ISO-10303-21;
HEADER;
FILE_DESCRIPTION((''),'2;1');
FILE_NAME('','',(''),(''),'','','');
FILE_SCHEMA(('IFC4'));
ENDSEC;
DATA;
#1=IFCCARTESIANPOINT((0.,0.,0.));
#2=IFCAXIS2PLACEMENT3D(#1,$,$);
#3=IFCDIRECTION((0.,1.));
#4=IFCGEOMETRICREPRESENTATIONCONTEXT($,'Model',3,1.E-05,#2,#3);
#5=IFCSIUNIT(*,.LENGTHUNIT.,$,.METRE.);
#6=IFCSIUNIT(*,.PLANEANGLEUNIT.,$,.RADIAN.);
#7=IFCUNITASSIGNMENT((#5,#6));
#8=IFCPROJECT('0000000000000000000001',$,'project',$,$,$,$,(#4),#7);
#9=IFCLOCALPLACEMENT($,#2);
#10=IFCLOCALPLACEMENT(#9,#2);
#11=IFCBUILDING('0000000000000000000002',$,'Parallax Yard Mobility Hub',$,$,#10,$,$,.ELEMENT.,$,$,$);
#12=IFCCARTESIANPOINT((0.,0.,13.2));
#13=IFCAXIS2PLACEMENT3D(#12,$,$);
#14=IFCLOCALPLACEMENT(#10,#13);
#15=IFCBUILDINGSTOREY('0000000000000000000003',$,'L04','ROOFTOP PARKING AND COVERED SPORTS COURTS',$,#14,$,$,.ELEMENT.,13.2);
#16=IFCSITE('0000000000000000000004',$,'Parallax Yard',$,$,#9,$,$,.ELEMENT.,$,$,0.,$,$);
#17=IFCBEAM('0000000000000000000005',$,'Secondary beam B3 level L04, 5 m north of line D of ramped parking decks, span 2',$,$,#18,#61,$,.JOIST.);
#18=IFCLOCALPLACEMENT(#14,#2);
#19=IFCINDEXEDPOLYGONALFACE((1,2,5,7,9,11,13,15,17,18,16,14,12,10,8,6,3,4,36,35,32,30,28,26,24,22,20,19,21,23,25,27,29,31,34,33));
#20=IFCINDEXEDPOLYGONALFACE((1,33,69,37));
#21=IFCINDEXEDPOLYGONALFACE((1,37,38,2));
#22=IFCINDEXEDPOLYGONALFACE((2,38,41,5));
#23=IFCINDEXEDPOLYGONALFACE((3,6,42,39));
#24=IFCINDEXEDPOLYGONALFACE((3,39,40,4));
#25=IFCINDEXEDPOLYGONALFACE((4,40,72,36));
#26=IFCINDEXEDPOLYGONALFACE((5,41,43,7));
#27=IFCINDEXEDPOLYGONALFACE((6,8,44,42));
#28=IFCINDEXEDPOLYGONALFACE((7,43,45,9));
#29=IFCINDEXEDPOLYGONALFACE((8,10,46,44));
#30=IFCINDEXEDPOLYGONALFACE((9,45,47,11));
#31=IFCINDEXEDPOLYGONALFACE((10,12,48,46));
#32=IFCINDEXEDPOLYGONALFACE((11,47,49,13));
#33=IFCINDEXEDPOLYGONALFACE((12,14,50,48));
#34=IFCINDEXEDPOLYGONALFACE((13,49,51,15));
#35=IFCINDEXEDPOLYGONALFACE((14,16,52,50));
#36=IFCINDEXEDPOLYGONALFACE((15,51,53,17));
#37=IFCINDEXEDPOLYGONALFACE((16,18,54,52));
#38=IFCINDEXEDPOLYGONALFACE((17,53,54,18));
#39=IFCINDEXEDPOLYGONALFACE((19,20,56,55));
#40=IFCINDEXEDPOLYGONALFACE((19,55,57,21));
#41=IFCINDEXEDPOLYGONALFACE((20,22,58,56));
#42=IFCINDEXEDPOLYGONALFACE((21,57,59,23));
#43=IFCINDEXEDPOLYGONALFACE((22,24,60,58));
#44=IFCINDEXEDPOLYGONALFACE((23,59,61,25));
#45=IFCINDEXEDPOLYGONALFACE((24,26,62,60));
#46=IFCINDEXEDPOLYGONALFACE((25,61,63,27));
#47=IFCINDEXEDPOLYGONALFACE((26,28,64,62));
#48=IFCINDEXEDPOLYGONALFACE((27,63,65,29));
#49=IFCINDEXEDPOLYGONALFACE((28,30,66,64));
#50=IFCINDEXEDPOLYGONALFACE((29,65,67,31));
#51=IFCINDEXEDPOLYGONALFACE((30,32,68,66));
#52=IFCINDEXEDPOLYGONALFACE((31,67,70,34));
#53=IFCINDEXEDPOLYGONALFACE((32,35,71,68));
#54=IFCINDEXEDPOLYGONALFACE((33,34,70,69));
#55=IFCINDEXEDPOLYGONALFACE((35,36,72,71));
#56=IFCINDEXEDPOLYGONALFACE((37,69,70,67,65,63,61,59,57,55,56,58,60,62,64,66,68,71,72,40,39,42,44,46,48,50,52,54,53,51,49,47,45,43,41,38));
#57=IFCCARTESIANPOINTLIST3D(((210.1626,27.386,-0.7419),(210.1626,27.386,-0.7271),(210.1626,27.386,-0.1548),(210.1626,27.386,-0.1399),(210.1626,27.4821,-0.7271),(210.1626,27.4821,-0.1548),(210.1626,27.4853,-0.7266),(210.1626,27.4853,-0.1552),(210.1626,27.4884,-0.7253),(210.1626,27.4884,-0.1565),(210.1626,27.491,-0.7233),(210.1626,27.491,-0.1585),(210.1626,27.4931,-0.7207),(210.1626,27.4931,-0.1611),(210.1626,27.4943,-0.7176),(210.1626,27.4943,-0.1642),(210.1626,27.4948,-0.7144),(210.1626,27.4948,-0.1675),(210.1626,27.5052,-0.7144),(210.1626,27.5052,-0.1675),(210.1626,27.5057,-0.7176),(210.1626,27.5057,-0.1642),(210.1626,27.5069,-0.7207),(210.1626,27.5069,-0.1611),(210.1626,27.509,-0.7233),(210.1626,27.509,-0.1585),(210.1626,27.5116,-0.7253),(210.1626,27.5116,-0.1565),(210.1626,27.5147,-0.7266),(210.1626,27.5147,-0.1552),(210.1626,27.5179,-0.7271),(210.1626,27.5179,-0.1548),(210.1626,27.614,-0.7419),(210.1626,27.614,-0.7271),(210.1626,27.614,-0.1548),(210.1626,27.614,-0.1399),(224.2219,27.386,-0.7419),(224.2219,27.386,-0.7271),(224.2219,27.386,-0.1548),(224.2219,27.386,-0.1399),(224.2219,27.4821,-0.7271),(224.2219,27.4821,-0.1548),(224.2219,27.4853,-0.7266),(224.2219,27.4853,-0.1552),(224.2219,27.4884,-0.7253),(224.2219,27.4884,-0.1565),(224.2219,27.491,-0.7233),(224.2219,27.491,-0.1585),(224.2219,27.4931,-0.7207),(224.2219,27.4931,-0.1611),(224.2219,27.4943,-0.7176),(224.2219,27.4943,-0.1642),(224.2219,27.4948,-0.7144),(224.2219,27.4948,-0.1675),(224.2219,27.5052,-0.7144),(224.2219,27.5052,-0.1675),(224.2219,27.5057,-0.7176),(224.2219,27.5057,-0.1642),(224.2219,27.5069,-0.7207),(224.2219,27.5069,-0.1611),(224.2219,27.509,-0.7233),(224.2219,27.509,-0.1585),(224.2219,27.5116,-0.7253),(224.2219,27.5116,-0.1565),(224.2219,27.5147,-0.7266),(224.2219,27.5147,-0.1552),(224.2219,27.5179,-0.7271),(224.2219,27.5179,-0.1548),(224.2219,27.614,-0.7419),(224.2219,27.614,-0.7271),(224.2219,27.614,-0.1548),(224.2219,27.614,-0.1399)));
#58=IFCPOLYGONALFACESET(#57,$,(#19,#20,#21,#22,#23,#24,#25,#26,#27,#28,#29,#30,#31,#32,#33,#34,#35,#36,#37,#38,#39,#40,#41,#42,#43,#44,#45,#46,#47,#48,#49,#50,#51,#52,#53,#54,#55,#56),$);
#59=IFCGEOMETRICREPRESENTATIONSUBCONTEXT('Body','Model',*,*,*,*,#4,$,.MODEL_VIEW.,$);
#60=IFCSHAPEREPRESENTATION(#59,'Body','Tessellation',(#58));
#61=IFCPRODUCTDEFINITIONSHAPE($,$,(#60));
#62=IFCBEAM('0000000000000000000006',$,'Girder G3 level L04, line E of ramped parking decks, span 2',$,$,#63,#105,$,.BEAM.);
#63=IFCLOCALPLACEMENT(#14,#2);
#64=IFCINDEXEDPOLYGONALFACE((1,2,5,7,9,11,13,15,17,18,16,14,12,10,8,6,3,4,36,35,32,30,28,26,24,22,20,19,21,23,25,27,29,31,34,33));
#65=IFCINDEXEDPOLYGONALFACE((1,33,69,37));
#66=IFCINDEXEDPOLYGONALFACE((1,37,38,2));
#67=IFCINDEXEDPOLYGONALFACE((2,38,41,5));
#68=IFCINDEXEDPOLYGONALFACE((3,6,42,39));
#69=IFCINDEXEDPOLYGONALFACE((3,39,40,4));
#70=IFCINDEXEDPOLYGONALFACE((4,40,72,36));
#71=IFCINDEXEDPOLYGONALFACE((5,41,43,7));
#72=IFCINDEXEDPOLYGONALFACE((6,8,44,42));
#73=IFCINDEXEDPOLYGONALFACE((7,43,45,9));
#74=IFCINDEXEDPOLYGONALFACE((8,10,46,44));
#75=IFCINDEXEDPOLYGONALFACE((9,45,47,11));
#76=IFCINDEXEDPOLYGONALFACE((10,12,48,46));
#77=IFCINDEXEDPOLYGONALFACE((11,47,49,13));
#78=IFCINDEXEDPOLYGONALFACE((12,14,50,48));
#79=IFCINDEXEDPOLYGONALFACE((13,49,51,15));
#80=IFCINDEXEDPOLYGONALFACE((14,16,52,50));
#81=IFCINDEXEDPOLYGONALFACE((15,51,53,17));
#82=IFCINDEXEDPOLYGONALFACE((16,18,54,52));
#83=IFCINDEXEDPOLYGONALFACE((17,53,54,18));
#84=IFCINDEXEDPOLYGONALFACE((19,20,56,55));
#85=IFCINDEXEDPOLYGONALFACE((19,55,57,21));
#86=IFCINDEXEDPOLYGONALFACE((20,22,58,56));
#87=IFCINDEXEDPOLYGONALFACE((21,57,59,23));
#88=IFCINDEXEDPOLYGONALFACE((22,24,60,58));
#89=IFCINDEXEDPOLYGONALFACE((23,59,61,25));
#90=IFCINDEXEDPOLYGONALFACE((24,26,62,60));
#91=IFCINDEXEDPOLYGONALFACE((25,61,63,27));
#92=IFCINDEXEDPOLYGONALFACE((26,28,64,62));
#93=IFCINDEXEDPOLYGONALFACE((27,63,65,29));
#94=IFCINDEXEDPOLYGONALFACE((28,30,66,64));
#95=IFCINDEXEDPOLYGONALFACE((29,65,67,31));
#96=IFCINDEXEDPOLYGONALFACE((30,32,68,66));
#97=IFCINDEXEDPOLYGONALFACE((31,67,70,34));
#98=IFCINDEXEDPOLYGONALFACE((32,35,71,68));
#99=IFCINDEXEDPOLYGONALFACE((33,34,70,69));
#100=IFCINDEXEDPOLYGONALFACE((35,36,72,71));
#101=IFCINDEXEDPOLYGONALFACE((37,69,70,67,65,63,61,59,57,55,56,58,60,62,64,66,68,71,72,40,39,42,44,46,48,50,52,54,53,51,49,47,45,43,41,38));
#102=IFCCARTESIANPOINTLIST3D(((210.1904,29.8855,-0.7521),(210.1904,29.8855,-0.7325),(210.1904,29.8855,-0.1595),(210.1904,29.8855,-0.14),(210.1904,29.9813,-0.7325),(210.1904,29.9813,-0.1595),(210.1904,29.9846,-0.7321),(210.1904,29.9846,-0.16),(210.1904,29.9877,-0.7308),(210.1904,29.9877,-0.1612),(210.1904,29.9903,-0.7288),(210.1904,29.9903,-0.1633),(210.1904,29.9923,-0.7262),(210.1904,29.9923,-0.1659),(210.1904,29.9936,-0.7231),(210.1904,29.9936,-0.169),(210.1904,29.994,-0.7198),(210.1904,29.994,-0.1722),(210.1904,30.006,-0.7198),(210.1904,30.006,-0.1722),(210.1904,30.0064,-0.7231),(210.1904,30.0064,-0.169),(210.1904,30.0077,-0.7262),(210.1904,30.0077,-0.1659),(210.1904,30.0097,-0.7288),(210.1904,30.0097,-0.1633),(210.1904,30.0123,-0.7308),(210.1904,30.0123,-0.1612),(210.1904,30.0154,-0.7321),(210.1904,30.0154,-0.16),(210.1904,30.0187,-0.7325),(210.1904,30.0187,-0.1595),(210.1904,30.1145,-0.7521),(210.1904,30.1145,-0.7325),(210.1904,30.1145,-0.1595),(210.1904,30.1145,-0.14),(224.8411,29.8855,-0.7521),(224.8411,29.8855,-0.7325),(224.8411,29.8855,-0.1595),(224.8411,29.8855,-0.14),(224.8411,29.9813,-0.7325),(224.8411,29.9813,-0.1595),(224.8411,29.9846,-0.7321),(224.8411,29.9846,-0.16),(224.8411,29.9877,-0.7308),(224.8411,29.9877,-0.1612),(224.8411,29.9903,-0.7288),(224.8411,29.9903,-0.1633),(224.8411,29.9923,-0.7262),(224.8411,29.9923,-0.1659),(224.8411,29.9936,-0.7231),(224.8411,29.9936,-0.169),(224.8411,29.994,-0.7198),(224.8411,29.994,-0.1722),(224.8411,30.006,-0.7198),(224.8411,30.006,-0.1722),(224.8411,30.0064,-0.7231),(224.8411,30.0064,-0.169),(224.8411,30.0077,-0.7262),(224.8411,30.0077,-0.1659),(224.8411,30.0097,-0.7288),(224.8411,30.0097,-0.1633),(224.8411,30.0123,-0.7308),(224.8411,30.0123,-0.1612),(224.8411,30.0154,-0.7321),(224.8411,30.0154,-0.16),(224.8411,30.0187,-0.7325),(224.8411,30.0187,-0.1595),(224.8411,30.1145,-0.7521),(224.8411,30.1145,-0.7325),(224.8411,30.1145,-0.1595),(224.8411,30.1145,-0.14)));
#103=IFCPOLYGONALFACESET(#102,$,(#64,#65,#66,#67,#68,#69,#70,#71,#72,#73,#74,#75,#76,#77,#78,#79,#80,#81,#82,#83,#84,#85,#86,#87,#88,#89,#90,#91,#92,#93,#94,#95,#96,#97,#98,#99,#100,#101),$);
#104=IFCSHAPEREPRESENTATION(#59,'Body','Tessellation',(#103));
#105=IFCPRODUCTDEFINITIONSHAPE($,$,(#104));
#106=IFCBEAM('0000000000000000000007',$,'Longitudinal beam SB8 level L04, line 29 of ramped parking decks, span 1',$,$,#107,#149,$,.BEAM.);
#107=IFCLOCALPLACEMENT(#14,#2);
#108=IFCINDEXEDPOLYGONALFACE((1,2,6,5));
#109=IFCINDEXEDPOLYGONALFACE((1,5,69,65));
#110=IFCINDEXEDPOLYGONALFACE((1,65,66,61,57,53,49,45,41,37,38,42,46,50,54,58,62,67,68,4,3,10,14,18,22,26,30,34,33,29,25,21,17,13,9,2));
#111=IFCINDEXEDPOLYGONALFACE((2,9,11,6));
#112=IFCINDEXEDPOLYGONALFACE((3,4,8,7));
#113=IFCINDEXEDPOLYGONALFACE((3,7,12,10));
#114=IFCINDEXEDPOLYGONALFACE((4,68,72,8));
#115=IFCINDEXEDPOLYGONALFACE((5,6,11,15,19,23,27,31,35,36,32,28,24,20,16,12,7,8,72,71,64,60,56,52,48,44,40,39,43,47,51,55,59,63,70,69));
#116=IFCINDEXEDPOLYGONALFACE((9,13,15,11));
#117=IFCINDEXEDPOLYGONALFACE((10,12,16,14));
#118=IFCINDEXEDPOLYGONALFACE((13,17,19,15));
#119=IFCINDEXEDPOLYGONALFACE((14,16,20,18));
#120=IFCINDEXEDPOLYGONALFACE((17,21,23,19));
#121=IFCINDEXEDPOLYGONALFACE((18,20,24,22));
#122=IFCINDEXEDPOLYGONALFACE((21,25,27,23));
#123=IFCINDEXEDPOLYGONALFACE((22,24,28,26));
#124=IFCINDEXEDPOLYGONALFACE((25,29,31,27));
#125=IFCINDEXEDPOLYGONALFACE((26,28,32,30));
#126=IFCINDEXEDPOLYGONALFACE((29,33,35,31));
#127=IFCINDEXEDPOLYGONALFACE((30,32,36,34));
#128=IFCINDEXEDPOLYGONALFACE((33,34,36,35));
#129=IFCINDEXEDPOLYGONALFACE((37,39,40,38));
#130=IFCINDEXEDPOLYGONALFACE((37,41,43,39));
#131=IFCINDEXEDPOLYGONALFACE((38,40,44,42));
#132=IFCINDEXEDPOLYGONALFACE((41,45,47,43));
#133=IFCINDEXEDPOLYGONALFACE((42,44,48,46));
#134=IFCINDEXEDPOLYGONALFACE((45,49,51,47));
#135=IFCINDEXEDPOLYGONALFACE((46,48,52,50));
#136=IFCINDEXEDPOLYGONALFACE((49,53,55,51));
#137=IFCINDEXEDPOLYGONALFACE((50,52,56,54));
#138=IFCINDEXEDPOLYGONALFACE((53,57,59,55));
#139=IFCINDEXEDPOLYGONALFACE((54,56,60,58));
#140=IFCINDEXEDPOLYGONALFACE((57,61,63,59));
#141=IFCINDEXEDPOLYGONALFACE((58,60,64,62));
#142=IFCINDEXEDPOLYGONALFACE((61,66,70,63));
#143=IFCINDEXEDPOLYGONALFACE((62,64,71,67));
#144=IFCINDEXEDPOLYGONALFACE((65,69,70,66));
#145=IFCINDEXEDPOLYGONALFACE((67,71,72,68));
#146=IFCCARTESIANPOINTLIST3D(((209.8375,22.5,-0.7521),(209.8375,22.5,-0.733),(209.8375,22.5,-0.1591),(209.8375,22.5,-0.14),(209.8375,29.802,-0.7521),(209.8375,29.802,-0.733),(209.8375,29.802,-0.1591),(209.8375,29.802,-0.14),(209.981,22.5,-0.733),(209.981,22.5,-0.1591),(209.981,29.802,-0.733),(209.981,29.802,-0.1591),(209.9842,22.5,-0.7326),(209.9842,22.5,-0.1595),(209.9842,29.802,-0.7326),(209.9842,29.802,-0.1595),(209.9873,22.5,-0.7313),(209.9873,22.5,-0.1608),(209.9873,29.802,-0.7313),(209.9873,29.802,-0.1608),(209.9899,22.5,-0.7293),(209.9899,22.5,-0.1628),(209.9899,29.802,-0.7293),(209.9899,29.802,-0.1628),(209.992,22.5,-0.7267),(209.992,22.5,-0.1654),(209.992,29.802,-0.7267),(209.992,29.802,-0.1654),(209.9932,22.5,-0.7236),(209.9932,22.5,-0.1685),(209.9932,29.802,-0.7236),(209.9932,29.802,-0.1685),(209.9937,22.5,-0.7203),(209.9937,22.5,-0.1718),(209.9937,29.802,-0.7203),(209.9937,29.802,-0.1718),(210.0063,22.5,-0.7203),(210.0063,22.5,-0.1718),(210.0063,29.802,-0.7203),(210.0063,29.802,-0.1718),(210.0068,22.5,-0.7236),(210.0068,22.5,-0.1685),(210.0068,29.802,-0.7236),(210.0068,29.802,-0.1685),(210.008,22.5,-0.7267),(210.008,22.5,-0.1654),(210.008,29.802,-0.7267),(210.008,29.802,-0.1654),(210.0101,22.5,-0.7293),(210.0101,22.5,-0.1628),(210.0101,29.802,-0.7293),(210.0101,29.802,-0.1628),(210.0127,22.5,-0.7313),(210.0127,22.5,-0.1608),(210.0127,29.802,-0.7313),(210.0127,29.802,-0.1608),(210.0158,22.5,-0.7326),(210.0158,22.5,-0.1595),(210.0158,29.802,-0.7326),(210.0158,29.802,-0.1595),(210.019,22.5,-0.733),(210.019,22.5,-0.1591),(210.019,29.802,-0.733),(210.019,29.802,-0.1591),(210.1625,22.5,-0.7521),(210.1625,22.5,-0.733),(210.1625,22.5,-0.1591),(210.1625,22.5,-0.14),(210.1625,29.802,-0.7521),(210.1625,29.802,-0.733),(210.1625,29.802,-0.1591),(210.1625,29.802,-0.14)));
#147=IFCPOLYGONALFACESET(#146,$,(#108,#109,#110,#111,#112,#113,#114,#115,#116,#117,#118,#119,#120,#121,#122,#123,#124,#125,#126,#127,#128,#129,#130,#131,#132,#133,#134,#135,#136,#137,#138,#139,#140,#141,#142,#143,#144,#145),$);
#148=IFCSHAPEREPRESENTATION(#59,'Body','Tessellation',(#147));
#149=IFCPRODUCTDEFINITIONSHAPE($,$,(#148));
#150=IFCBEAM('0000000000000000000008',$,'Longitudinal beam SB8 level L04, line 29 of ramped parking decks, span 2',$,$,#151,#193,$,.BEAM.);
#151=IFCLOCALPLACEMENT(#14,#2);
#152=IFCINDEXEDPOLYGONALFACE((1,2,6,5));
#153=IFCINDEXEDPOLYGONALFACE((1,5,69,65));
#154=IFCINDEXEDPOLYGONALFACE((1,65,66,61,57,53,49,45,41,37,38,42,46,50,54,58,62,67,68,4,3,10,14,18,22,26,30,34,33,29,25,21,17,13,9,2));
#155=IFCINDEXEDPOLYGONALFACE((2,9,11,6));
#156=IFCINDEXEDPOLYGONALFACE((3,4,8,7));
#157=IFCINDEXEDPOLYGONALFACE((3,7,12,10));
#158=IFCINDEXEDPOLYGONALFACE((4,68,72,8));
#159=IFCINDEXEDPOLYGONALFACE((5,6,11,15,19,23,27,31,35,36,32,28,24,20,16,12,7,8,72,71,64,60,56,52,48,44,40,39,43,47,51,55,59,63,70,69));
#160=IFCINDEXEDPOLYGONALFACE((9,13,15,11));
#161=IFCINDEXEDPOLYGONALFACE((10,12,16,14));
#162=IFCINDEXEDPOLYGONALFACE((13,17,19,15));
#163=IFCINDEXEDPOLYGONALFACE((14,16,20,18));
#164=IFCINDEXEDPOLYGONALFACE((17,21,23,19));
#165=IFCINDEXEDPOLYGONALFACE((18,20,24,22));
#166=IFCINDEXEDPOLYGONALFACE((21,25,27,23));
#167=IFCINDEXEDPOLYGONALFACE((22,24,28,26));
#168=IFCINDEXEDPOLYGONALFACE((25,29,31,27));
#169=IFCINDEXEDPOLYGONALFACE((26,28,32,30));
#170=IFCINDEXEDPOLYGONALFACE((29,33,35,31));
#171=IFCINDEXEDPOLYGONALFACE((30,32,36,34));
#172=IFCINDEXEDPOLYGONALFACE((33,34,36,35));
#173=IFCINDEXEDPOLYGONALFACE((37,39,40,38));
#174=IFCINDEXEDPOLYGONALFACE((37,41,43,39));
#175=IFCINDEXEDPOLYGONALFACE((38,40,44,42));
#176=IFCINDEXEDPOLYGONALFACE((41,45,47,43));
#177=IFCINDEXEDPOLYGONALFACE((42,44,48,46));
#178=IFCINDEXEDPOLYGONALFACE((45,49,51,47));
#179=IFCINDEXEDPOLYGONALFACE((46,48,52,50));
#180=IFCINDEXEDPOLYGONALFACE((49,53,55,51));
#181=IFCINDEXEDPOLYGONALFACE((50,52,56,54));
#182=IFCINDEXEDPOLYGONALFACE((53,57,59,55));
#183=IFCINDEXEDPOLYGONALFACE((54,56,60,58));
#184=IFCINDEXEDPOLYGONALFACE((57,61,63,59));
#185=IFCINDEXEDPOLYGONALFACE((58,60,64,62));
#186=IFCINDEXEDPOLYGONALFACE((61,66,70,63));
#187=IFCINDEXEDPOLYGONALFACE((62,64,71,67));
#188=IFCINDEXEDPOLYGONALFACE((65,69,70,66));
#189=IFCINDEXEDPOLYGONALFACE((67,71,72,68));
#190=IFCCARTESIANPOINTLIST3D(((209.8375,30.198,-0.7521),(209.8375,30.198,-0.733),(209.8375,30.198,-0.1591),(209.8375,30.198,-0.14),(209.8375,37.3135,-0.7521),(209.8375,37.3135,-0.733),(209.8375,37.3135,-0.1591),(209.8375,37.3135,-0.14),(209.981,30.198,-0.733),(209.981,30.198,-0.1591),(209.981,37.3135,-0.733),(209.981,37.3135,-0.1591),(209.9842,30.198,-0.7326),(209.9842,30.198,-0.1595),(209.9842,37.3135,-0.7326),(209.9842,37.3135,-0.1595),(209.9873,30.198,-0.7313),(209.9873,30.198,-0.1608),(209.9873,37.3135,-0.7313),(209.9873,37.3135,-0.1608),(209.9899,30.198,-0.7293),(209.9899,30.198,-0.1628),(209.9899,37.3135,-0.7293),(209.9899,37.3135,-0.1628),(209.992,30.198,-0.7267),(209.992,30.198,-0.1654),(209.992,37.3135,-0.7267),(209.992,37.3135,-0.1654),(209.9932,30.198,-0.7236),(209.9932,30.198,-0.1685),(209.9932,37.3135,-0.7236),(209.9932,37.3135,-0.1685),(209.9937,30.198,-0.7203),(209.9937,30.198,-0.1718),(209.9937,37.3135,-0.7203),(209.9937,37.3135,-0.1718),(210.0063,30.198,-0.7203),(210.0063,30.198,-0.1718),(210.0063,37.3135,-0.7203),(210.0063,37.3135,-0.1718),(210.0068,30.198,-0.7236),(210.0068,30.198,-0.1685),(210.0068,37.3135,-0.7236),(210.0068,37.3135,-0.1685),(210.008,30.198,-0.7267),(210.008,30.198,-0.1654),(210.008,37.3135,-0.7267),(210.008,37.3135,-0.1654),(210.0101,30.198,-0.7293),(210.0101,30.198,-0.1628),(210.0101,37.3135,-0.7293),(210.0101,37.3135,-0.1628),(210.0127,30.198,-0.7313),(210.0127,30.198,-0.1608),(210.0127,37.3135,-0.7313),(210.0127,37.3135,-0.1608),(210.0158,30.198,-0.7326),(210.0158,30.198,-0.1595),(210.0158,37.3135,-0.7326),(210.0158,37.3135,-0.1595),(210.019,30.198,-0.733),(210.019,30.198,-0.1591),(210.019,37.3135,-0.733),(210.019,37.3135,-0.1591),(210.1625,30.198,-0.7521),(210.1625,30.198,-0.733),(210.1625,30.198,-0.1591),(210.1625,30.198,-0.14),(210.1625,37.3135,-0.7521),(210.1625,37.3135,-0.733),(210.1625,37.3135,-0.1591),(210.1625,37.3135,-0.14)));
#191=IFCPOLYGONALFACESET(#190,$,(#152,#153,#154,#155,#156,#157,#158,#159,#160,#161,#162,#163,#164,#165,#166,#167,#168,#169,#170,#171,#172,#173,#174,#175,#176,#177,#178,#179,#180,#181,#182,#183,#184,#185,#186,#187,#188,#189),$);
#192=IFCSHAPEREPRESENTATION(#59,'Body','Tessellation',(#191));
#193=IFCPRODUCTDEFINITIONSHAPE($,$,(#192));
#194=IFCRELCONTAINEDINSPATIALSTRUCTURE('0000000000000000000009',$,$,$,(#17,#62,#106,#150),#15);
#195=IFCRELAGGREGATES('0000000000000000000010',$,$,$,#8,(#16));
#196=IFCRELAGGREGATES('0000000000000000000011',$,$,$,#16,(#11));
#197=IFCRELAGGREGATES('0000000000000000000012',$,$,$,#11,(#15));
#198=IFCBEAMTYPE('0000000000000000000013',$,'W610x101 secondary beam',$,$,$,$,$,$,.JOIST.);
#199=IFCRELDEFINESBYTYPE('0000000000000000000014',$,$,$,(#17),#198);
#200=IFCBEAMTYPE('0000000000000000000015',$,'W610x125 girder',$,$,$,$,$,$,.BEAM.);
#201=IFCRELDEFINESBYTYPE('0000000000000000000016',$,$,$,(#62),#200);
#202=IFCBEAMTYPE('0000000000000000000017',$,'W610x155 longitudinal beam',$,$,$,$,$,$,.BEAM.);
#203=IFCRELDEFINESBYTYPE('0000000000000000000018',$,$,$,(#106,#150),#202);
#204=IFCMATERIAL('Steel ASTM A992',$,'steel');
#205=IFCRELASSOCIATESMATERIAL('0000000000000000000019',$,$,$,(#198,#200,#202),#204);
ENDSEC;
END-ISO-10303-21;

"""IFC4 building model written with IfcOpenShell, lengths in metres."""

from ifc_helpers import new_model, si_unit, direction, frame, origin, origin_2d, place, context, subcontext, project, spatial, i_section, extrude, material, material_profile, profile_set, type_object, element, save


model = new_model("IFC4")

# Units and contexts
model_context = context("Model", 3, precision=1e-05, world=origin(), true_north=direction((0.0, 1.0)))
body_context = subcontext(model_context, "Body", "Model", "MODEL_VIEW")
ifc_project = project(units=[si_unit("LENGTHUNIT", "METRE"), si_unit("PLANEANGLEUNIT", "RADIAN")], contexts=[model_context])

# Site, building, storey
site_placement = place(None, origin())
site = spatial("IfcSite", under=ifc_project, at=site_placement, Name="Parallax Yard", CompositionType="ELEMENT", RefElevation=0.0)
building_placement = place(site_placement, origin())
building = spatial("IfcBuilding", under=site, at=building_placement, Name="Parallax Yard Mobility Hub", CompositionType="ELEMENT")
storey_placement = place(building_placement, frame((0.0, 0.0, 13.2)))
storey = spatial("IfcBuildingStorey", under=building, at=storey_placement, Name="L04", Description="ROOFTOP PARKING AND COVERED SPORTS COURTS", CompositionType="ELEMENT", Elevation=13.2)

# Beams
ifc_material_1 = material(Name="Steel ASTM A992", Category="steel")
ifc_material_profile_1 = material_profile(ifc_material_1, i_section(OverallWidth=0.228, OverallDepth=0.6021, WebThickness=0.0105, FlangeThickness=0.0149, FilletRadius=0.0127, at=origin_2d()), Name="W610x101")
ifc_profile_set_1 = profile_set([ifc_material_profile_1], Name="Steel ASTM A992")
beam_type_1 = type_object("IfcBeamType", Name="W610x101 secondary beam", PredefinedType="JOIST", material=ifc_profile_set_1)
beam_1_placement = place(storey_placement, frame((210.1626, 27.5, -0.4409), z_axis=(1.0, 0.0, 0.0), x_axis=(0.0, 1.0, 0.0)))
element("IfcBeam", 1, at=beam_1_placement, inside=storey, type_object=beam_type_1, Name="Secondary beam B3 level L04, 5 m north of line D of ramped parking decks, span 2", PredefinedType="JOIST", context=body_context, shape_type="SweptSolid", body=[
    extrude(i_section(OverallWidth=0.228, OverallDepth=0.6021, WebThickness=0.0105, FlangeThickness=0.0149, FilletRadius=0.0127, at=origin_2d()), origin(), (0.0, 0.0, 1.0), 14.0593),
])
ifc_material_profile_2 = material_profile(ifc_material_1, i_section(OverallWidth=0.229, OverallDepth=0.6121, WebThickness=0.012, FlangeThickness=0.0195, FilletRadius=0.0127, at=origin_2d()), Name="W610x125")
ifc_profile_set_2 = profile_set([ifc_material_profile_2], Name="Steel ASTM A992")
beam_type_2 = type_object("IfcBeamType", Name="W610x125 girder", PredefinedType="BEAM", material=ifc_profile_set_2)
beam_2_placement = place(storey_placement, frame((210.1904, 30.0, -0.446), z_axis=(1.0, 0.0, 0.0), x_axis=(0.0, 1.0, 0.0)))
element("IfcBeam", 2, at=beam_2_placement, inside=storey, type_object=beam_type_2, Name="Girder G3 level L04, line E of ramped parking decks, span 2", PredefinedType="BEAM", context=body_context, shape_type="SweptSolid", body=[
    extrude(i_section(OverallWidth=0.229, OverallDepth=0.6121, WebThickness=0.012, FlangeThickness=0.0195, FilletRadius=0.0127, at=origin_2d()), origin(), (0.0, 0.0, 1.0), 14.6506),
])
ifc_material_profile_3 = material_profile(ifc_material_1, i_section(OverallWidth=0.325, OverallDepth=0.6121, WebThickness=0.0127, FlangeThickness=0.019, FilletRadius=0.0127, at=origin_2d()), Name="W610x155")
ifc_profile_set_3 = profile_set([ifc_material_profile_3], Name="Steel ASTM A992")
beam_type_3 = type_object("IfcBeamType", Name="W610x155 longitudinal beam", PredefinedType="BEAM", material=ifc_profile_set_3)
beam_3_placement = place(storey_placement, frame((210.0, 22.5, -0.446), z_axis=(0.0, 1.0, 0.0), x_axis=(-1.0, 0.0, 0.0)))
element("IfcBeam", 3, at=beam_3_placement, inside=storey, type_object=beam_type_3, Name="Longitudinal beam SB8 level L04, line 29 of ramped parking decks, span 1", PredefinedType="BEAM", context=body_context, shape_type="SweptSolid", body=[
    extrude(i_section(OverallWidth=0.325, OverallDepth=0.6121, WebThickness=0.0127, FlangeThickness=0.019, FilletRadius=0.0127, at=origin_2d()), origin(), (0.0, 0.0, 1.0), 7.302),
])
beam_4_placement = place(storey_placement, frame((210.0, 30.198, -0.446), z_axis=(0.0, 1.0, 0.0), x_axis=(-1.0, 0.0, 0.0)))
element("IfcBeam", 4, at=beam_4_placement, inside=storey, type_object=beam_type_3, Name="Longitudinal beam SB8 level L04, line 29 of ramped parking decks, span 2", PredefinedType="BEAM", context=body_context, shape_type="SweptSolid", body=[
    extrude(i_section(OverallWidth=0.325, OverallDepth=0.6121, WebThickness=0.0127, FlangeThickness=0.019, FilletRadius=0.0127, at=origin_2d()), origin(), (0.0, 0.0, 1.0), 7.1155),
])

save(model, "model.ifc")
